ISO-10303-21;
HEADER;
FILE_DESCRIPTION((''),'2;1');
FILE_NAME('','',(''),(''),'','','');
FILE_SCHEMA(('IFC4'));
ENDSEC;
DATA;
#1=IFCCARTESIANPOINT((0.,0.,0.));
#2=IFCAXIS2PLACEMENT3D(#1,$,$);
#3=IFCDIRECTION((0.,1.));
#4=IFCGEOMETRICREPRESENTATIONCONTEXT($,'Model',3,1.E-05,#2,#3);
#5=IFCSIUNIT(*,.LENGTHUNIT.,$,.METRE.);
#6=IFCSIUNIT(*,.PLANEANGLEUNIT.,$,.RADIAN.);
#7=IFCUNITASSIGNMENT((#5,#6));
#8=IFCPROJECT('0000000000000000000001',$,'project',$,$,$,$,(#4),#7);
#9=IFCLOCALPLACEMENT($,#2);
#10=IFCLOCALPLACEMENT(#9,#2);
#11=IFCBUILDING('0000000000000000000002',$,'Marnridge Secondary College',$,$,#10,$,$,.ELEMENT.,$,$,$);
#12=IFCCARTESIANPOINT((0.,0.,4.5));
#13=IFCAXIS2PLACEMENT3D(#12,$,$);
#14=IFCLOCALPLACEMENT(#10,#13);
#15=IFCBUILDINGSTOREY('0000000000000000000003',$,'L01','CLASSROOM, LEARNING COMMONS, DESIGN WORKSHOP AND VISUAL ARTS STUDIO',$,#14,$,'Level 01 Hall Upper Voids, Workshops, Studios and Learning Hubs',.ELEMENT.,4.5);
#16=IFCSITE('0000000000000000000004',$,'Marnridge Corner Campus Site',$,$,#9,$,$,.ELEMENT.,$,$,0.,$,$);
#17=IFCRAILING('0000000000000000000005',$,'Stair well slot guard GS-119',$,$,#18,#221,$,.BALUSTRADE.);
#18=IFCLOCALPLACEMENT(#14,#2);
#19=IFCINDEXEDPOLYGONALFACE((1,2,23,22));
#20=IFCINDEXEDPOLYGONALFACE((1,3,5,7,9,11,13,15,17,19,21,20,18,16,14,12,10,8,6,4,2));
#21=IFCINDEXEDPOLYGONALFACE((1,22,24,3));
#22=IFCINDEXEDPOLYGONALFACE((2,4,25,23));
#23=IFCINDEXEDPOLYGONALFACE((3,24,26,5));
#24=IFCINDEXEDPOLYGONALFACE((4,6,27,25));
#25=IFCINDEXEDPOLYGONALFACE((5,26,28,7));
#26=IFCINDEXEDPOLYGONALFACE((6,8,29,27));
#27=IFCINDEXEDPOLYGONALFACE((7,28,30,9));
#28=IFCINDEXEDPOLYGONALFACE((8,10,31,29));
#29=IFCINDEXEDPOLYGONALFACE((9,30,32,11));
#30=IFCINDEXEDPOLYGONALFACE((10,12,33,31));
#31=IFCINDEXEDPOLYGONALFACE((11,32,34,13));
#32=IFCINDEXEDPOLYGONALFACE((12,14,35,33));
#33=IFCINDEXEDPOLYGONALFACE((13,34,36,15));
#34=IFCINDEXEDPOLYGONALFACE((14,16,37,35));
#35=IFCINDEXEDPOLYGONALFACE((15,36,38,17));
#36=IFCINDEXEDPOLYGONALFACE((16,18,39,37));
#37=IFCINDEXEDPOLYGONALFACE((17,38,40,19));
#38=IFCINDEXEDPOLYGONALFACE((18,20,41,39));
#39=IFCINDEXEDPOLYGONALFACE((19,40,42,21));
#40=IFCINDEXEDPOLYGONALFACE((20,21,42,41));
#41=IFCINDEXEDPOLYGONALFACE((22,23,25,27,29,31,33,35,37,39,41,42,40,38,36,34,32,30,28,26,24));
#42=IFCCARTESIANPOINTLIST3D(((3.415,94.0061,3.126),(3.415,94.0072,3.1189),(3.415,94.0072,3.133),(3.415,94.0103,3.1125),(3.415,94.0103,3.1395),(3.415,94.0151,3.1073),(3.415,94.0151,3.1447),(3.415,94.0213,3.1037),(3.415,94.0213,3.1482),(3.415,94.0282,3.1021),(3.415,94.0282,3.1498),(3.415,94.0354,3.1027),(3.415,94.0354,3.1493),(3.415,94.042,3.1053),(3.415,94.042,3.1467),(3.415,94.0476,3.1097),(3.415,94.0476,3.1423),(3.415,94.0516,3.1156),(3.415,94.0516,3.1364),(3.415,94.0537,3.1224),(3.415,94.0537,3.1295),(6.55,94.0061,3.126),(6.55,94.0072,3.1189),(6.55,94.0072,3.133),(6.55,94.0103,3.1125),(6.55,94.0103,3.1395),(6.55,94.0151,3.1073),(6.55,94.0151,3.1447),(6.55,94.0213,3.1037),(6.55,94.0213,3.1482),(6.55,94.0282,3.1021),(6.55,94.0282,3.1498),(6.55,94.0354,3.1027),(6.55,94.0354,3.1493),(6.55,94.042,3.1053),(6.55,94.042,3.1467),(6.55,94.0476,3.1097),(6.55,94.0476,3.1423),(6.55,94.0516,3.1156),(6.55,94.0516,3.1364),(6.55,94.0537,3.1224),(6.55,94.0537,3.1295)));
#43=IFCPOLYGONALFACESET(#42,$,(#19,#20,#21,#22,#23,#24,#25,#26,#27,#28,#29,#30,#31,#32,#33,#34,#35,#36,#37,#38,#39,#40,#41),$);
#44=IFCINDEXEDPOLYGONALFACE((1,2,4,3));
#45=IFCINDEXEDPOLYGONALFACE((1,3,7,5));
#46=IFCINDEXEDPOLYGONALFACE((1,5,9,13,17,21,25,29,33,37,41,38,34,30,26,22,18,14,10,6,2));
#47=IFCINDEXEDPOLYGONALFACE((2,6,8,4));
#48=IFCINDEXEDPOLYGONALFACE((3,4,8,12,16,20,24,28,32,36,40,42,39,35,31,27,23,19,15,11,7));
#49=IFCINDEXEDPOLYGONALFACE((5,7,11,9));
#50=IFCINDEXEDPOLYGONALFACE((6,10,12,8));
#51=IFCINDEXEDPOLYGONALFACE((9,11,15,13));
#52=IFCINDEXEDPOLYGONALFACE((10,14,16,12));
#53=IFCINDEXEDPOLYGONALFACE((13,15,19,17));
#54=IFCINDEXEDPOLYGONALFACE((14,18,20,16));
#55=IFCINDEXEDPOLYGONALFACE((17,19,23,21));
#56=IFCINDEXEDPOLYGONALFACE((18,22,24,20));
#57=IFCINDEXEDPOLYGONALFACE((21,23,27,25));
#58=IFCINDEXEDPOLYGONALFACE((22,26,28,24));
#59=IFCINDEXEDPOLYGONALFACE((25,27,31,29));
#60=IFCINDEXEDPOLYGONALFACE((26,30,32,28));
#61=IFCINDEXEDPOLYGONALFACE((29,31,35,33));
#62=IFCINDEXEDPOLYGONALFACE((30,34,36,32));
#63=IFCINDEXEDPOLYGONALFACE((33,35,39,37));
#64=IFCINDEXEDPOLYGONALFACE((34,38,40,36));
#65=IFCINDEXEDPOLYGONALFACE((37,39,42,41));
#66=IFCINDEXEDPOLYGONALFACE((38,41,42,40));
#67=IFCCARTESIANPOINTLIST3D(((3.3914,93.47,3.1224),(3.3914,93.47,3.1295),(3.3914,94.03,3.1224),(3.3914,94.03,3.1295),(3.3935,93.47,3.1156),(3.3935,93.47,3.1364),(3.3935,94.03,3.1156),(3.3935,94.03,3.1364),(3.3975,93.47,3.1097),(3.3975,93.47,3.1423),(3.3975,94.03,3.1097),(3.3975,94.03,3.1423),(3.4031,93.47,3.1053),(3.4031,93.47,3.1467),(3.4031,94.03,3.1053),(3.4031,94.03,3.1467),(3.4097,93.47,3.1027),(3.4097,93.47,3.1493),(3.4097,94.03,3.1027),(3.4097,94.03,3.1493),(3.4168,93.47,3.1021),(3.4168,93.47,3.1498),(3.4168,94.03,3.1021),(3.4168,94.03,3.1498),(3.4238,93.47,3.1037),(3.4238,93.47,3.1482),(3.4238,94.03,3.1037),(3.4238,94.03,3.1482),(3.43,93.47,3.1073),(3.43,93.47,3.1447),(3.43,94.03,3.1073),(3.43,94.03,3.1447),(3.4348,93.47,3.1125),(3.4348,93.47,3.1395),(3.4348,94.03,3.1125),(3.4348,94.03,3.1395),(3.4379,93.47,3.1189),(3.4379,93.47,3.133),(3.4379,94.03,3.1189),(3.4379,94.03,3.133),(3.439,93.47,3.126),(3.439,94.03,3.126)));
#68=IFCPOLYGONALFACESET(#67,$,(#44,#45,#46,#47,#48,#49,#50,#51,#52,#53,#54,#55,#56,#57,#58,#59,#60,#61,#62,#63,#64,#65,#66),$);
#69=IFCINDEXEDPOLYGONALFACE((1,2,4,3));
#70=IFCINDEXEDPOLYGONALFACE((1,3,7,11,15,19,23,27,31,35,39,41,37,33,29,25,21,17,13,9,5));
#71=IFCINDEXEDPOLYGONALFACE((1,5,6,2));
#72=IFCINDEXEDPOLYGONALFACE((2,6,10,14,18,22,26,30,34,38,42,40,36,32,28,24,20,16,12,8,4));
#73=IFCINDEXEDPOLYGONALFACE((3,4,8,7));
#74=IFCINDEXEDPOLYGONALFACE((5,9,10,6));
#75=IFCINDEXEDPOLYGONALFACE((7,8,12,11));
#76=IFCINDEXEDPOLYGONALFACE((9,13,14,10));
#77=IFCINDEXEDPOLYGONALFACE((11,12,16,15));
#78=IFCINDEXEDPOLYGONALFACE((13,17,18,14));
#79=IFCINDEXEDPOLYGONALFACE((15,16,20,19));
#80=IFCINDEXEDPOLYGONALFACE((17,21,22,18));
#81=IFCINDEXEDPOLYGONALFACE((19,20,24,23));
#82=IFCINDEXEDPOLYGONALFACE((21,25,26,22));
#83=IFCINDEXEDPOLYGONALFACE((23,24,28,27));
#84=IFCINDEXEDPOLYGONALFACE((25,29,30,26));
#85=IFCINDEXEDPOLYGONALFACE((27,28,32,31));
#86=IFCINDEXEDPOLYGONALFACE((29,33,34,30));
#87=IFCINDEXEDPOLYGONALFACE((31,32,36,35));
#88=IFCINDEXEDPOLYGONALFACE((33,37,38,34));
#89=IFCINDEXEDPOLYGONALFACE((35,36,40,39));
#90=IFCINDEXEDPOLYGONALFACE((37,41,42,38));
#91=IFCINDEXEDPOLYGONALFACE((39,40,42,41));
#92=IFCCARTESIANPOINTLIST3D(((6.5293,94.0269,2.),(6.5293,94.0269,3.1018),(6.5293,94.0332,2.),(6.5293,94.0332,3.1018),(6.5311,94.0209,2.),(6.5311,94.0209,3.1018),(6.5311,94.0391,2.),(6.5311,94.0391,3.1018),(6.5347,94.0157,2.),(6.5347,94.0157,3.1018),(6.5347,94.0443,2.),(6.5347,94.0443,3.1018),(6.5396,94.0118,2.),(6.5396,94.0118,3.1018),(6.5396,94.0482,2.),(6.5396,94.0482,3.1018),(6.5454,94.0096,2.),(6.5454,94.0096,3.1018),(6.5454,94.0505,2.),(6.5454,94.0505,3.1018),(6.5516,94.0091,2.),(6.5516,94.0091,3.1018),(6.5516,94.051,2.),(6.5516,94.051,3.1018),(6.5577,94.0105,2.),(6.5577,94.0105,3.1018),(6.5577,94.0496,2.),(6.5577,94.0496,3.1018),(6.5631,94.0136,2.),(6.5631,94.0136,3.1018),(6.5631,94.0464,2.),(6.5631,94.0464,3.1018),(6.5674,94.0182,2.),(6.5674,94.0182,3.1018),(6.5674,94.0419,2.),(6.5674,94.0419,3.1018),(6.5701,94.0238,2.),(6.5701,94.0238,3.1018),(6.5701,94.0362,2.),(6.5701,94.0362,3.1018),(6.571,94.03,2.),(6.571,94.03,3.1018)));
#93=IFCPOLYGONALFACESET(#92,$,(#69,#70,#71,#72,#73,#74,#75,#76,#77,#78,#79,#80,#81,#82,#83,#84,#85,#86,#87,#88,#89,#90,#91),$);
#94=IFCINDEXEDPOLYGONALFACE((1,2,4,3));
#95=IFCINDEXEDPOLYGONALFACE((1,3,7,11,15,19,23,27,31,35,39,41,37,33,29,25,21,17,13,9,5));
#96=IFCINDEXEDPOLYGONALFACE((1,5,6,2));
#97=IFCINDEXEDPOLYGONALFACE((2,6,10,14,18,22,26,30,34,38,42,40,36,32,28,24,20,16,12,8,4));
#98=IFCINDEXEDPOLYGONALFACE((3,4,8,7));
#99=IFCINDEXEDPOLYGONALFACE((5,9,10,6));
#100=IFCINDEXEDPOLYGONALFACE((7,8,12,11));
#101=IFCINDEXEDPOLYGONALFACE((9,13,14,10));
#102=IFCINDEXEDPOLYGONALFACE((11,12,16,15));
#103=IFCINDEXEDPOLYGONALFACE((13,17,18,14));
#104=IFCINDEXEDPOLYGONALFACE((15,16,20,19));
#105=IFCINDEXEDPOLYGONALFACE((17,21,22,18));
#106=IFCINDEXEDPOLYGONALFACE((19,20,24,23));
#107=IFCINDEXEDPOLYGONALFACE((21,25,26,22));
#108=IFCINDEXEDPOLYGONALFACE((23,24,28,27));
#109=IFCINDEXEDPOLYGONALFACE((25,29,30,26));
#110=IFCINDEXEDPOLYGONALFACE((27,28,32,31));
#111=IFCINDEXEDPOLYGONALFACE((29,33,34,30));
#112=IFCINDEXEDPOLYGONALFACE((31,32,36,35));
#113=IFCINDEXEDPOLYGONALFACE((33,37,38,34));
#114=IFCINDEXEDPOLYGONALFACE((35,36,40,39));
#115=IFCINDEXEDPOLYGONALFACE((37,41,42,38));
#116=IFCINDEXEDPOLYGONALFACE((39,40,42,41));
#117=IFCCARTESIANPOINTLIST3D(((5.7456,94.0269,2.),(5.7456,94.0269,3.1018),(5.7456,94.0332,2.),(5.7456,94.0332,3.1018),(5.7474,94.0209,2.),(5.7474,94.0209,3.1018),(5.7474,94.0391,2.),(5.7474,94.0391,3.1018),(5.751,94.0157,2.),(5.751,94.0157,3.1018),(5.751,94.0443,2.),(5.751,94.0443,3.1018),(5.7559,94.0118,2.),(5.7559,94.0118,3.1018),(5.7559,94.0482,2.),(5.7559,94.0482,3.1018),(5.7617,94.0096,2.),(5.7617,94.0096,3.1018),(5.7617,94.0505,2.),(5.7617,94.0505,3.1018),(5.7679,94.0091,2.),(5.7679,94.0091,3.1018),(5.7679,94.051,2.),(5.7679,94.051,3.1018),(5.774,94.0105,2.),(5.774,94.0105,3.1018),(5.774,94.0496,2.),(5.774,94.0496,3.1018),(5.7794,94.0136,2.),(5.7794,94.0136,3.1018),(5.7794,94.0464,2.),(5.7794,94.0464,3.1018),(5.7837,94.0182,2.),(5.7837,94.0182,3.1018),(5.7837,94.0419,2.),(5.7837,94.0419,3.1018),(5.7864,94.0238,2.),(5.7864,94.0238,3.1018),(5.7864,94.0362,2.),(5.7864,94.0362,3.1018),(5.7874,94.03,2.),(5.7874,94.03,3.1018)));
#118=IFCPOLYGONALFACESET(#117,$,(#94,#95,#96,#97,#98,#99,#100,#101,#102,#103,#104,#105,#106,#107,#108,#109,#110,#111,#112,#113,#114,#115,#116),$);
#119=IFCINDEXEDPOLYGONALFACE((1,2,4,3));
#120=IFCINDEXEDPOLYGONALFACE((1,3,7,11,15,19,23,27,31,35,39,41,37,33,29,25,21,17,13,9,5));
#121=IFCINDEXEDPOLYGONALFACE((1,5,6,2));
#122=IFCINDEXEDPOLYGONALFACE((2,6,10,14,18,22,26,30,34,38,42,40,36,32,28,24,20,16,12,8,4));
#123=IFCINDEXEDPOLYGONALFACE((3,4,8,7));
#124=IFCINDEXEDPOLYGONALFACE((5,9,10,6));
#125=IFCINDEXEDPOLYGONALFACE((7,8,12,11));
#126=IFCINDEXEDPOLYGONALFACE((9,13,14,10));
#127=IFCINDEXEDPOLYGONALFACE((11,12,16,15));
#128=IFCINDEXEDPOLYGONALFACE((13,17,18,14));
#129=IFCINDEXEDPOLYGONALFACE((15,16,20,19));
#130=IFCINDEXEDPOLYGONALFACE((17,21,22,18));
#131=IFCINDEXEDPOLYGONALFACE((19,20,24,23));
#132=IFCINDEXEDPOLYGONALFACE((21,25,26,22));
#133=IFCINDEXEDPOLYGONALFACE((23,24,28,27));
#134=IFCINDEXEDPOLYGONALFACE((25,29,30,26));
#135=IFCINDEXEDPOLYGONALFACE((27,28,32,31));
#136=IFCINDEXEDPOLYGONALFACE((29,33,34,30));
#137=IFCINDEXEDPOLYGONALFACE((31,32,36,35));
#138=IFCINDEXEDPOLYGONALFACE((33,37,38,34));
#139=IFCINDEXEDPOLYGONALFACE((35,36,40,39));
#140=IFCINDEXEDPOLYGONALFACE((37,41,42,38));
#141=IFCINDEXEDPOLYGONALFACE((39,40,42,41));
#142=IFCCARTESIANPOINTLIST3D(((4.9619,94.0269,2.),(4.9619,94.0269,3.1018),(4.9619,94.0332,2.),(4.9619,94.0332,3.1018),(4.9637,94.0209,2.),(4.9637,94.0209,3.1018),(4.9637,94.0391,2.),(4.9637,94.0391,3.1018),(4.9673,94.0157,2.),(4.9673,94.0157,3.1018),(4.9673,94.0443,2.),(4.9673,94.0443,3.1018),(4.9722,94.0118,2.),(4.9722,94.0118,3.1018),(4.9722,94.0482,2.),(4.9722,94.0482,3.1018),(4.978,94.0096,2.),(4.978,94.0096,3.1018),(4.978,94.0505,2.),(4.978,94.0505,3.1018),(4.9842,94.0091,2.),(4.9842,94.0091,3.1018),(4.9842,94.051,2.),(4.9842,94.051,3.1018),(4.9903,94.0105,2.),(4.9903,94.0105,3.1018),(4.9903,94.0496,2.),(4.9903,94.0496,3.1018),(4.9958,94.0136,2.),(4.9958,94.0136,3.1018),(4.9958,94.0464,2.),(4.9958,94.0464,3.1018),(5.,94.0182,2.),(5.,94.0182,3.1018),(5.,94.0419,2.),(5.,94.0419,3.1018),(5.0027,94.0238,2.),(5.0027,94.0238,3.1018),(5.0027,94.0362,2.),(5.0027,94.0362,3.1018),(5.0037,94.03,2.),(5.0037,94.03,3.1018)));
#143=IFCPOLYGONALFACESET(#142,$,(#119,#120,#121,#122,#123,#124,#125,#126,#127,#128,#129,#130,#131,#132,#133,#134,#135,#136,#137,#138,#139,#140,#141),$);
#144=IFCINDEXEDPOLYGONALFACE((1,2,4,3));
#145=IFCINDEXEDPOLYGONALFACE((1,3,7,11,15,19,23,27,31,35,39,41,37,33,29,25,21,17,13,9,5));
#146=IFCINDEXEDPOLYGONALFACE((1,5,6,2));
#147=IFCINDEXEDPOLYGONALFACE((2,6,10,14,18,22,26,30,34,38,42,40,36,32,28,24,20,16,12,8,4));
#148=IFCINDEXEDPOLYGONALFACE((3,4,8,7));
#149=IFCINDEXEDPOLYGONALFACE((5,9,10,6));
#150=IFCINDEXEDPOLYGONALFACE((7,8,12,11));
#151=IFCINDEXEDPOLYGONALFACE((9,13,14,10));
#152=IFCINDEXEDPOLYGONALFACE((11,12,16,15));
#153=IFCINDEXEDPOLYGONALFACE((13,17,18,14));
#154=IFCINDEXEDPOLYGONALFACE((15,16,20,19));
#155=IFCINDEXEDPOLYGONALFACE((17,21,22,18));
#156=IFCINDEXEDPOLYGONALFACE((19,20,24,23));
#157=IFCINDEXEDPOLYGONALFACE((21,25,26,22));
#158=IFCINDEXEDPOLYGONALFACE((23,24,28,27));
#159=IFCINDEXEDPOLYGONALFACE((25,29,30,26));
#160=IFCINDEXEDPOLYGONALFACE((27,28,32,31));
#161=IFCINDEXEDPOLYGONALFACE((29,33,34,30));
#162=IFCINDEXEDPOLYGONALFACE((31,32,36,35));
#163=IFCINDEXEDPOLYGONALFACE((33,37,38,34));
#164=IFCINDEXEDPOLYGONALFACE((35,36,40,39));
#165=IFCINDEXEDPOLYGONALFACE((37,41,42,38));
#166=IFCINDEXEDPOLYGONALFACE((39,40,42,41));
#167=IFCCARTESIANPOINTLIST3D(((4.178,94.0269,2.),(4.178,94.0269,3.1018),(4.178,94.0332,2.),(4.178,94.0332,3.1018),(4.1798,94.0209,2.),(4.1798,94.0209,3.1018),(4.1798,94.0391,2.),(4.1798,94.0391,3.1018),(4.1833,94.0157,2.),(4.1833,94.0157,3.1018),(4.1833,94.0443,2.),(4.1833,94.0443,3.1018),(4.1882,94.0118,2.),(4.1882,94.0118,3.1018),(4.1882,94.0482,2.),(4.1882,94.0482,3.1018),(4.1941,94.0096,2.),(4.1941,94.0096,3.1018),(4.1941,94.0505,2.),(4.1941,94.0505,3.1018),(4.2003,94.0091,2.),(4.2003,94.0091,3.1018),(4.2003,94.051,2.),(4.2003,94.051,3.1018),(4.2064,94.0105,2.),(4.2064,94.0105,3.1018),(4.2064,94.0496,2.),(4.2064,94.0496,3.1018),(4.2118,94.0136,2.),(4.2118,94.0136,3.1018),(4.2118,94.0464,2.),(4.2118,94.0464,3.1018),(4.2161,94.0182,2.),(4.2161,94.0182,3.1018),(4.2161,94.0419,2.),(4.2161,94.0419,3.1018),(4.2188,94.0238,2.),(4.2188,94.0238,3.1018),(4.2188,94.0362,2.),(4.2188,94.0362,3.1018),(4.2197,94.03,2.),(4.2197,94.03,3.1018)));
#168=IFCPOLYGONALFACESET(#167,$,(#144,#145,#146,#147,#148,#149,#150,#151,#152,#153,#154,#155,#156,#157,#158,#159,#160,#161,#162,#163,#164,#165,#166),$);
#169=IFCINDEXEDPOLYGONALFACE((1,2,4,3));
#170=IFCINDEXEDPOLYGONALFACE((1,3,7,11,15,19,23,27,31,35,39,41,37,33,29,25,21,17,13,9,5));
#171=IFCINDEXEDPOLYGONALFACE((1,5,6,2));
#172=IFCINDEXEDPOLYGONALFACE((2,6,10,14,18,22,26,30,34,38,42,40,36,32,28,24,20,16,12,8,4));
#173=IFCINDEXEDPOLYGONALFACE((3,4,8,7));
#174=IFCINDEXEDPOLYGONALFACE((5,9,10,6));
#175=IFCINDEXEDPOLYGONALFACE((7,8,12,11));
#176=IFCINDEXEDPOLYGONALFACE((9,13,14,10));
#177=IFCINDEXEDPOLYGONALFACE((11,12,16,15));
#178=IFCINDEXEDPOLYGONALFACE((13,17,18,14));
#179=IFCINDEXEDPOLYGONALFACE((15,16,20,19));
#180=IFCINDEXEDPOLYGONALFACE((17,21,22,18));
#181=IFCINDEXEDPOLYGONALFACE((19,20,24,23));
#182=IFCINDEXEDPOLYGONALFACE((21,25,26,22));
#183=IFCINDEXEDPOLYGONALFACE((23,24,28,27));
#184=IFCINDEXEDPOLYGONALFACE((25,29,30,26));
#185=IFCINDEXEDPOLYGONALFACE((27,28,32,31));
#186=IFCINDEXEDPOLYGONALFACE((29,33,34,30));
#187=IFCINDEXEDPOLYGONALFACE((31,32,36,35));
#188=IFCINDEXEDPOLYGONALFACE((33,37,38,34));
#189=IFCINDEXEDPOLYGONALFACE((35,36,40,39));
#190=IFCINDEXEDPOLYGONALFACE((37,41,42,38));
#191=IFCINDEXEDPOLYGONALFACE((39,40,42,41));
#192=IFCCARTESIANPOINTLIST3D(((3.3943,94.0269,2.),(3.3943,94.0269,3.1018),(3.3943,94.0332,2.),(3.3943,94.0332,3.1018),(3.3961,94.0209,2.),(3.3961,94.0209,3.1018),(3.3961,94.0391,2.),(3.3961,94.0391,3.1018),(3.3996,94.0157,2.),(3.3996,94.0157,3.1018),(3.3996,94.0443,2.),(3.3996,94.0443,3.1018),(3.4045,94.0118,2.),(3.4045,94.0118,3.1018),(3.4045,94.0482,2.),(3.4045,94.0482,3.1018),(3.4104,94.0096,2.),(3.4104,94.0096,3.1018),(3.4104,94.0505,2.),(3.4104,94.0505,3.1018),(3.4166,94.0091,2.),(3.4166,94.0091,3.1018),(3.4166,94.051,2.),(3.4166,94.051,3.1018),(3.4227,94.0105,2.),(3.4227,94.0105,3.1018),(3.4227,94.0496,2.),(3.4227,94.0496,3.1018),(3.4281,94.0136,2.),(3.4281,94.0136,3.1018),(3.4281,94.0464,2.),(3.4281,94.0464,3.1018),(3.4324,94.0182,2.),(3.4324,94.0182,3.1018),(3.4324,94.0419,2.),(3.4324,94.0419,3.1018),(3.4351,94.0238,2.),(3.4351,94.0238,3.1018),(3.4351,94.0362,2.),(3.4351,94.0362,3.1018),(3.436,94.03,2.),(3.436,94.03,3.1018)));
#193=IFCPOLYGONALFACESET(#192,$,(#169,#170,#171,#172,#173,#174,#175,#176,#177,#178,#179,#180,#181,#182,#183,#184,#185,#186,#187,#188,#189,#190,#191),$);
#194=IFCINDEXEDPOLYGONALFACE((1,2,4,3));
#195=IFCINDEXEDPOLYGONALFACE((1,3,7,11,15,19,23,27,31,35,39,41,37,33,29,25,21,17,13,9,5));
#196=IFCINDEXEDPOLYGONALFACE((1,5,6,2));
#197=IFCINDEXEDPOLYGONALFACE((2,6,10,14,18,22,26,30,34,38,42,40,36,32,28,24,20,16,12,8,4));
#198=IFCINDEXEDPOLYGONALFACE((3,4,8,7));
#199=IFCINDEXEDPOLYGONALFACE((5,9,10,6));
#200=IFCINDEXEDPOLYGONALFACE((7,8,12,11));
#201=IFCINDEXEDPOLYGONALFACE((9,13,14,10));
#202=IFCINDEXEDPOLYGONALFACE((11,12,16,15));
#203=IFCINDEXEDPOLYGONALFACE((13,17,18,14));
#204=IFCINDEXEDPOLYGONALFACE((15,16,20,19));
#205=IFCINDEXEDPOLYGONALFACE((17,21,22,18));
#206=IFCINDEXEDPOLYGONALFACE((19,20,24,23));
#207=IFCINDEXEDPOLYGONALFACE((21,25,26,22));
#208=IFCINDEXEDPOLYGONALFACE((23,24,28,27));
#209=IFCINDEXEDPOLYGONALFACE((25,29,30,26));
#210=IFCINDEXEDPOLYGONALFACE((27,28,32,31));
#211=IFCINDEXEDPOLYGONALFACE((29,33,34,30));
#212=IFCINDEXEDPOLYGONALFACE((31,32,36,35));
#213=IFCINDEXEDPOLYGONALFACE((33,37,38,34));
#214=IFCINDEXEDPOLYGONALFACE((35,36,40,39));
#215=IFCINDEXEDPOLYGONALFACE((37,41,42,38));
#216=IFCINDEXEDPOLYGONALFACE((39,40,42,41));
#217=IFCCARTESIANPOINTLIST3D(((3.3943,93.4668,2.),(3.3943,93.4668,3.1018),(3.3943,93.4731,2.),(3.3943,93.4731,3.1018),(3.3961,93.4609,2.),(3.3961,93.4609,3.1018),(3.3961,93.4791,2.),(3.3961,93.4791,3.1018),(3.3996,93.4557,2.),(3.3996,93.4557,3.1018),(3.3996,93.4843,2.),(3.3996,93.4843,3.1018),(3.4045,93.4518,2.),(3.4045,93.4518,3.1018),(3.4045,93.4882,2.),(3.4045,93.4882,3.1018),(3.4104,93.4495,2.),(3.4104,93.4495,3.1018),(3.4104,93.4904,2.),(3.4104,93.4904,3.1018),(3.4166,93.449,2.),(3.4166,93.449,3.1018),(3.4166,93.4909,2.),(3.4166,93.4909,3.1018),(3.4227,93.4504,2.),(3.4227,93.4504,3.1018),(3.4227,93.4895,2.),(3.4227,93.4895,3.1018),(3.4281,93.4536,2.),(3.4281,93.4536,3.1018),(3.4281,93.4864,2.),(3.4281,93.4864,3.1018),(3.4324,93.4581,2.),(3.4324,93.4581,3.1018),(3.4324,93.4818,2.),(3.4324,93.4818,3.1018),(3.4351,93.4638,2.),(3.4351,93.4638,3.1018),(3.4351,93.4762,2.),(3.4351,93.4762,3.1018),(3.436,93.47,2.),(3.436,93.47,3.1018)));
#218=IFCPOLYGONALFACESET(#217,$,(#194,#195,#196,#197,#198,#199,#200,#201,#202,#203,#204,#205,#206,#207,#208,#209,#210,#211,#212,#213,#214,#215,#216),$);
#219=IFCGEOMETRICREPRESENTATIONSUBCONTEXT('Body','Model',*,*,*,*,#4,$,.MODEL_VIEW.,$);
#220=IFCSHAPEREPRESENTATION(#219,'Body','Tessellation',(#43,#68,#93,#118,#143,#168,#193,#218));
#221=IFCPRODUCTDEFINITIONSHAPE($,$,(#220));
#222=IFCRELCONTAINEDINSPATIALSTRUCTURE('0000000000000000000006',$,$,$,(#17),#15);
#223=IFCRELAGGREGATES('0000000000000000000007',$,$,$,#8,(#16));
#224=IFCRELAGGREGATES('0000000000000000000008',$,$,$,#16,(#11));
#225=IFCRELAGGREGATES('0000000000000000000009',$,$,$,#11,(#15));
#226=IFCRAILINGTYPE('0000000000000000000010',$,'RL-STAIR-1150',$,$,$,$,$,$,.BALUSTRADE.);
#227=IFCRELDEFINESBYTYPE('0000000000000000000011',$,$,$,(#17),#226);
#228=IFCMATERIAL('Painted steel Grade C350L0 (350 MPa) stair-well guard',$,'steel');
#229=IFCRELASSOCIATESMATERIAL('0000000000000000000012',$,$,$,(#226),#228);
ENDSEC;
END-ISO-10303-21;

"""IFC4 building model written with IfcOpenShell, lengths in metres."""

from ifc_helpers import new_model, si_unit, direction, frame, origin, origin_2d, place, context, subcontext, project, spatial, circle, extrude, material, type_object, element, save


model = new_model("IFC4")

# Units and contexts
model_context = context("Model", 3, precision=1e-05, world=origin(), true_north=direction((0.0, 1.0)))
body_context = subcontext(model_context, "Body", "Model", "MODEL_VIEW")
ifc_project = project(units=[si_unit("LENGTHUNIT", "METRE"), si_unit("PLANEANGLEUNIT", "RADIAN")], contexts=[model_context])

# Site, building, storey
site_placement = place(None, origin())
site = spatial("IfcSite", under=ifc_project, at=site_placement, Name="Marnridge Corner Campus Site", CompositionType="ELEMENT", RefElevation=0.0)
building_placement = place(site_placement, origin())
building = spatial("IfcBuilding", under=site, at=building_placement, Name="Marnridge Secondary College", CompositionType="ELEMENT")
storey_placement = place(building_placement, frame((0.0, 0.0, 4.5)))
storey = spatial("IfcBuildingStorey", under=building, at=storey_placement, Name="L01", Description="CLASSROOM, LEARNING COMMONS, DESIGN WORKSHOP AND VISUAL ARTS STUDIO", LongName="Level 01 Hall Upper Voids, Workshops, Studios and Learning Hubs", CompositionType="ELEMENT", Elevation=4.5)

# Railing
ifc_material_1 = material(Name="Painted steel Grade C350L0 (350 MPa) stair-well guard", Category="steel")
railing_type_1 = type_object("IfcRailingType", Name="RL-STAIR-1150", PredefinedType="BALUSTRADE", material=ifc_material_1)
railing_1_placement = place(storey_placement, frame((6.55, 94.03, 2.0)))
element("IfcRailing", 1, at=railing_1_placement, inside=storey, type_object=railing_type_1, Name="Stair well slot guard GS-119", PredefinedType="BALUSTRADE", context=body_context, shape_type="SweptSolid", body=[
    extrude(circle(Radius=0.0239, at=origin_2d()), frame((0.0, 0.0, 1.126), z_axis=(-1.0, 0.0, 0.0), x_axis=(0.0, -1.0, 0.0)), (0.0, 0.0, 1.0), 3.135),
    extrude(circle(Radius=0.0239, at=origin_2d()), frame((-3.135, 0.0, 1.126), z_axis=(0.0, -1.0, 0.0), x_axis=(1.0, 0.0, 0.0)), (0.0, 0.0, 1.0), 0.5601),
    extrude(circle(Radius=0.021, at=origin_2d()), origin(), (0.0, 0.0, 1.0), 1.1018),
    extrude(circle(Radius=0.021, at=origin_2d()), frame((-0.7837, 0.0, 0.0)), (0.0, 0.0, 1.0), 1.1018),
    extrude(circle(Radius=0.021, at=origin_2d()), frame((-1.5674, 0.0, 0.0)), (0.0, 0.0, 1.0), 1.1018),
    extrude(circle(Radius=0.021, at=origin_2d()), frame((-2.3513, 0.0, 0.0)), (0.0, 0.0, 1.0), 1.1018),
    extrude(circle(Radius=0.021, at=origin_2d()), frame((-3.135, 0.0, 0.0)), (0.0, 0.0, 1.0), 1.1018),
    extrude(circle(Radius=0.021, at=origin_2d()), frame((-3.135, -0.5601, 0.0)), (0.0, 0.0, 1.0), 1.1018),
])

save(model, "model.ifc")
